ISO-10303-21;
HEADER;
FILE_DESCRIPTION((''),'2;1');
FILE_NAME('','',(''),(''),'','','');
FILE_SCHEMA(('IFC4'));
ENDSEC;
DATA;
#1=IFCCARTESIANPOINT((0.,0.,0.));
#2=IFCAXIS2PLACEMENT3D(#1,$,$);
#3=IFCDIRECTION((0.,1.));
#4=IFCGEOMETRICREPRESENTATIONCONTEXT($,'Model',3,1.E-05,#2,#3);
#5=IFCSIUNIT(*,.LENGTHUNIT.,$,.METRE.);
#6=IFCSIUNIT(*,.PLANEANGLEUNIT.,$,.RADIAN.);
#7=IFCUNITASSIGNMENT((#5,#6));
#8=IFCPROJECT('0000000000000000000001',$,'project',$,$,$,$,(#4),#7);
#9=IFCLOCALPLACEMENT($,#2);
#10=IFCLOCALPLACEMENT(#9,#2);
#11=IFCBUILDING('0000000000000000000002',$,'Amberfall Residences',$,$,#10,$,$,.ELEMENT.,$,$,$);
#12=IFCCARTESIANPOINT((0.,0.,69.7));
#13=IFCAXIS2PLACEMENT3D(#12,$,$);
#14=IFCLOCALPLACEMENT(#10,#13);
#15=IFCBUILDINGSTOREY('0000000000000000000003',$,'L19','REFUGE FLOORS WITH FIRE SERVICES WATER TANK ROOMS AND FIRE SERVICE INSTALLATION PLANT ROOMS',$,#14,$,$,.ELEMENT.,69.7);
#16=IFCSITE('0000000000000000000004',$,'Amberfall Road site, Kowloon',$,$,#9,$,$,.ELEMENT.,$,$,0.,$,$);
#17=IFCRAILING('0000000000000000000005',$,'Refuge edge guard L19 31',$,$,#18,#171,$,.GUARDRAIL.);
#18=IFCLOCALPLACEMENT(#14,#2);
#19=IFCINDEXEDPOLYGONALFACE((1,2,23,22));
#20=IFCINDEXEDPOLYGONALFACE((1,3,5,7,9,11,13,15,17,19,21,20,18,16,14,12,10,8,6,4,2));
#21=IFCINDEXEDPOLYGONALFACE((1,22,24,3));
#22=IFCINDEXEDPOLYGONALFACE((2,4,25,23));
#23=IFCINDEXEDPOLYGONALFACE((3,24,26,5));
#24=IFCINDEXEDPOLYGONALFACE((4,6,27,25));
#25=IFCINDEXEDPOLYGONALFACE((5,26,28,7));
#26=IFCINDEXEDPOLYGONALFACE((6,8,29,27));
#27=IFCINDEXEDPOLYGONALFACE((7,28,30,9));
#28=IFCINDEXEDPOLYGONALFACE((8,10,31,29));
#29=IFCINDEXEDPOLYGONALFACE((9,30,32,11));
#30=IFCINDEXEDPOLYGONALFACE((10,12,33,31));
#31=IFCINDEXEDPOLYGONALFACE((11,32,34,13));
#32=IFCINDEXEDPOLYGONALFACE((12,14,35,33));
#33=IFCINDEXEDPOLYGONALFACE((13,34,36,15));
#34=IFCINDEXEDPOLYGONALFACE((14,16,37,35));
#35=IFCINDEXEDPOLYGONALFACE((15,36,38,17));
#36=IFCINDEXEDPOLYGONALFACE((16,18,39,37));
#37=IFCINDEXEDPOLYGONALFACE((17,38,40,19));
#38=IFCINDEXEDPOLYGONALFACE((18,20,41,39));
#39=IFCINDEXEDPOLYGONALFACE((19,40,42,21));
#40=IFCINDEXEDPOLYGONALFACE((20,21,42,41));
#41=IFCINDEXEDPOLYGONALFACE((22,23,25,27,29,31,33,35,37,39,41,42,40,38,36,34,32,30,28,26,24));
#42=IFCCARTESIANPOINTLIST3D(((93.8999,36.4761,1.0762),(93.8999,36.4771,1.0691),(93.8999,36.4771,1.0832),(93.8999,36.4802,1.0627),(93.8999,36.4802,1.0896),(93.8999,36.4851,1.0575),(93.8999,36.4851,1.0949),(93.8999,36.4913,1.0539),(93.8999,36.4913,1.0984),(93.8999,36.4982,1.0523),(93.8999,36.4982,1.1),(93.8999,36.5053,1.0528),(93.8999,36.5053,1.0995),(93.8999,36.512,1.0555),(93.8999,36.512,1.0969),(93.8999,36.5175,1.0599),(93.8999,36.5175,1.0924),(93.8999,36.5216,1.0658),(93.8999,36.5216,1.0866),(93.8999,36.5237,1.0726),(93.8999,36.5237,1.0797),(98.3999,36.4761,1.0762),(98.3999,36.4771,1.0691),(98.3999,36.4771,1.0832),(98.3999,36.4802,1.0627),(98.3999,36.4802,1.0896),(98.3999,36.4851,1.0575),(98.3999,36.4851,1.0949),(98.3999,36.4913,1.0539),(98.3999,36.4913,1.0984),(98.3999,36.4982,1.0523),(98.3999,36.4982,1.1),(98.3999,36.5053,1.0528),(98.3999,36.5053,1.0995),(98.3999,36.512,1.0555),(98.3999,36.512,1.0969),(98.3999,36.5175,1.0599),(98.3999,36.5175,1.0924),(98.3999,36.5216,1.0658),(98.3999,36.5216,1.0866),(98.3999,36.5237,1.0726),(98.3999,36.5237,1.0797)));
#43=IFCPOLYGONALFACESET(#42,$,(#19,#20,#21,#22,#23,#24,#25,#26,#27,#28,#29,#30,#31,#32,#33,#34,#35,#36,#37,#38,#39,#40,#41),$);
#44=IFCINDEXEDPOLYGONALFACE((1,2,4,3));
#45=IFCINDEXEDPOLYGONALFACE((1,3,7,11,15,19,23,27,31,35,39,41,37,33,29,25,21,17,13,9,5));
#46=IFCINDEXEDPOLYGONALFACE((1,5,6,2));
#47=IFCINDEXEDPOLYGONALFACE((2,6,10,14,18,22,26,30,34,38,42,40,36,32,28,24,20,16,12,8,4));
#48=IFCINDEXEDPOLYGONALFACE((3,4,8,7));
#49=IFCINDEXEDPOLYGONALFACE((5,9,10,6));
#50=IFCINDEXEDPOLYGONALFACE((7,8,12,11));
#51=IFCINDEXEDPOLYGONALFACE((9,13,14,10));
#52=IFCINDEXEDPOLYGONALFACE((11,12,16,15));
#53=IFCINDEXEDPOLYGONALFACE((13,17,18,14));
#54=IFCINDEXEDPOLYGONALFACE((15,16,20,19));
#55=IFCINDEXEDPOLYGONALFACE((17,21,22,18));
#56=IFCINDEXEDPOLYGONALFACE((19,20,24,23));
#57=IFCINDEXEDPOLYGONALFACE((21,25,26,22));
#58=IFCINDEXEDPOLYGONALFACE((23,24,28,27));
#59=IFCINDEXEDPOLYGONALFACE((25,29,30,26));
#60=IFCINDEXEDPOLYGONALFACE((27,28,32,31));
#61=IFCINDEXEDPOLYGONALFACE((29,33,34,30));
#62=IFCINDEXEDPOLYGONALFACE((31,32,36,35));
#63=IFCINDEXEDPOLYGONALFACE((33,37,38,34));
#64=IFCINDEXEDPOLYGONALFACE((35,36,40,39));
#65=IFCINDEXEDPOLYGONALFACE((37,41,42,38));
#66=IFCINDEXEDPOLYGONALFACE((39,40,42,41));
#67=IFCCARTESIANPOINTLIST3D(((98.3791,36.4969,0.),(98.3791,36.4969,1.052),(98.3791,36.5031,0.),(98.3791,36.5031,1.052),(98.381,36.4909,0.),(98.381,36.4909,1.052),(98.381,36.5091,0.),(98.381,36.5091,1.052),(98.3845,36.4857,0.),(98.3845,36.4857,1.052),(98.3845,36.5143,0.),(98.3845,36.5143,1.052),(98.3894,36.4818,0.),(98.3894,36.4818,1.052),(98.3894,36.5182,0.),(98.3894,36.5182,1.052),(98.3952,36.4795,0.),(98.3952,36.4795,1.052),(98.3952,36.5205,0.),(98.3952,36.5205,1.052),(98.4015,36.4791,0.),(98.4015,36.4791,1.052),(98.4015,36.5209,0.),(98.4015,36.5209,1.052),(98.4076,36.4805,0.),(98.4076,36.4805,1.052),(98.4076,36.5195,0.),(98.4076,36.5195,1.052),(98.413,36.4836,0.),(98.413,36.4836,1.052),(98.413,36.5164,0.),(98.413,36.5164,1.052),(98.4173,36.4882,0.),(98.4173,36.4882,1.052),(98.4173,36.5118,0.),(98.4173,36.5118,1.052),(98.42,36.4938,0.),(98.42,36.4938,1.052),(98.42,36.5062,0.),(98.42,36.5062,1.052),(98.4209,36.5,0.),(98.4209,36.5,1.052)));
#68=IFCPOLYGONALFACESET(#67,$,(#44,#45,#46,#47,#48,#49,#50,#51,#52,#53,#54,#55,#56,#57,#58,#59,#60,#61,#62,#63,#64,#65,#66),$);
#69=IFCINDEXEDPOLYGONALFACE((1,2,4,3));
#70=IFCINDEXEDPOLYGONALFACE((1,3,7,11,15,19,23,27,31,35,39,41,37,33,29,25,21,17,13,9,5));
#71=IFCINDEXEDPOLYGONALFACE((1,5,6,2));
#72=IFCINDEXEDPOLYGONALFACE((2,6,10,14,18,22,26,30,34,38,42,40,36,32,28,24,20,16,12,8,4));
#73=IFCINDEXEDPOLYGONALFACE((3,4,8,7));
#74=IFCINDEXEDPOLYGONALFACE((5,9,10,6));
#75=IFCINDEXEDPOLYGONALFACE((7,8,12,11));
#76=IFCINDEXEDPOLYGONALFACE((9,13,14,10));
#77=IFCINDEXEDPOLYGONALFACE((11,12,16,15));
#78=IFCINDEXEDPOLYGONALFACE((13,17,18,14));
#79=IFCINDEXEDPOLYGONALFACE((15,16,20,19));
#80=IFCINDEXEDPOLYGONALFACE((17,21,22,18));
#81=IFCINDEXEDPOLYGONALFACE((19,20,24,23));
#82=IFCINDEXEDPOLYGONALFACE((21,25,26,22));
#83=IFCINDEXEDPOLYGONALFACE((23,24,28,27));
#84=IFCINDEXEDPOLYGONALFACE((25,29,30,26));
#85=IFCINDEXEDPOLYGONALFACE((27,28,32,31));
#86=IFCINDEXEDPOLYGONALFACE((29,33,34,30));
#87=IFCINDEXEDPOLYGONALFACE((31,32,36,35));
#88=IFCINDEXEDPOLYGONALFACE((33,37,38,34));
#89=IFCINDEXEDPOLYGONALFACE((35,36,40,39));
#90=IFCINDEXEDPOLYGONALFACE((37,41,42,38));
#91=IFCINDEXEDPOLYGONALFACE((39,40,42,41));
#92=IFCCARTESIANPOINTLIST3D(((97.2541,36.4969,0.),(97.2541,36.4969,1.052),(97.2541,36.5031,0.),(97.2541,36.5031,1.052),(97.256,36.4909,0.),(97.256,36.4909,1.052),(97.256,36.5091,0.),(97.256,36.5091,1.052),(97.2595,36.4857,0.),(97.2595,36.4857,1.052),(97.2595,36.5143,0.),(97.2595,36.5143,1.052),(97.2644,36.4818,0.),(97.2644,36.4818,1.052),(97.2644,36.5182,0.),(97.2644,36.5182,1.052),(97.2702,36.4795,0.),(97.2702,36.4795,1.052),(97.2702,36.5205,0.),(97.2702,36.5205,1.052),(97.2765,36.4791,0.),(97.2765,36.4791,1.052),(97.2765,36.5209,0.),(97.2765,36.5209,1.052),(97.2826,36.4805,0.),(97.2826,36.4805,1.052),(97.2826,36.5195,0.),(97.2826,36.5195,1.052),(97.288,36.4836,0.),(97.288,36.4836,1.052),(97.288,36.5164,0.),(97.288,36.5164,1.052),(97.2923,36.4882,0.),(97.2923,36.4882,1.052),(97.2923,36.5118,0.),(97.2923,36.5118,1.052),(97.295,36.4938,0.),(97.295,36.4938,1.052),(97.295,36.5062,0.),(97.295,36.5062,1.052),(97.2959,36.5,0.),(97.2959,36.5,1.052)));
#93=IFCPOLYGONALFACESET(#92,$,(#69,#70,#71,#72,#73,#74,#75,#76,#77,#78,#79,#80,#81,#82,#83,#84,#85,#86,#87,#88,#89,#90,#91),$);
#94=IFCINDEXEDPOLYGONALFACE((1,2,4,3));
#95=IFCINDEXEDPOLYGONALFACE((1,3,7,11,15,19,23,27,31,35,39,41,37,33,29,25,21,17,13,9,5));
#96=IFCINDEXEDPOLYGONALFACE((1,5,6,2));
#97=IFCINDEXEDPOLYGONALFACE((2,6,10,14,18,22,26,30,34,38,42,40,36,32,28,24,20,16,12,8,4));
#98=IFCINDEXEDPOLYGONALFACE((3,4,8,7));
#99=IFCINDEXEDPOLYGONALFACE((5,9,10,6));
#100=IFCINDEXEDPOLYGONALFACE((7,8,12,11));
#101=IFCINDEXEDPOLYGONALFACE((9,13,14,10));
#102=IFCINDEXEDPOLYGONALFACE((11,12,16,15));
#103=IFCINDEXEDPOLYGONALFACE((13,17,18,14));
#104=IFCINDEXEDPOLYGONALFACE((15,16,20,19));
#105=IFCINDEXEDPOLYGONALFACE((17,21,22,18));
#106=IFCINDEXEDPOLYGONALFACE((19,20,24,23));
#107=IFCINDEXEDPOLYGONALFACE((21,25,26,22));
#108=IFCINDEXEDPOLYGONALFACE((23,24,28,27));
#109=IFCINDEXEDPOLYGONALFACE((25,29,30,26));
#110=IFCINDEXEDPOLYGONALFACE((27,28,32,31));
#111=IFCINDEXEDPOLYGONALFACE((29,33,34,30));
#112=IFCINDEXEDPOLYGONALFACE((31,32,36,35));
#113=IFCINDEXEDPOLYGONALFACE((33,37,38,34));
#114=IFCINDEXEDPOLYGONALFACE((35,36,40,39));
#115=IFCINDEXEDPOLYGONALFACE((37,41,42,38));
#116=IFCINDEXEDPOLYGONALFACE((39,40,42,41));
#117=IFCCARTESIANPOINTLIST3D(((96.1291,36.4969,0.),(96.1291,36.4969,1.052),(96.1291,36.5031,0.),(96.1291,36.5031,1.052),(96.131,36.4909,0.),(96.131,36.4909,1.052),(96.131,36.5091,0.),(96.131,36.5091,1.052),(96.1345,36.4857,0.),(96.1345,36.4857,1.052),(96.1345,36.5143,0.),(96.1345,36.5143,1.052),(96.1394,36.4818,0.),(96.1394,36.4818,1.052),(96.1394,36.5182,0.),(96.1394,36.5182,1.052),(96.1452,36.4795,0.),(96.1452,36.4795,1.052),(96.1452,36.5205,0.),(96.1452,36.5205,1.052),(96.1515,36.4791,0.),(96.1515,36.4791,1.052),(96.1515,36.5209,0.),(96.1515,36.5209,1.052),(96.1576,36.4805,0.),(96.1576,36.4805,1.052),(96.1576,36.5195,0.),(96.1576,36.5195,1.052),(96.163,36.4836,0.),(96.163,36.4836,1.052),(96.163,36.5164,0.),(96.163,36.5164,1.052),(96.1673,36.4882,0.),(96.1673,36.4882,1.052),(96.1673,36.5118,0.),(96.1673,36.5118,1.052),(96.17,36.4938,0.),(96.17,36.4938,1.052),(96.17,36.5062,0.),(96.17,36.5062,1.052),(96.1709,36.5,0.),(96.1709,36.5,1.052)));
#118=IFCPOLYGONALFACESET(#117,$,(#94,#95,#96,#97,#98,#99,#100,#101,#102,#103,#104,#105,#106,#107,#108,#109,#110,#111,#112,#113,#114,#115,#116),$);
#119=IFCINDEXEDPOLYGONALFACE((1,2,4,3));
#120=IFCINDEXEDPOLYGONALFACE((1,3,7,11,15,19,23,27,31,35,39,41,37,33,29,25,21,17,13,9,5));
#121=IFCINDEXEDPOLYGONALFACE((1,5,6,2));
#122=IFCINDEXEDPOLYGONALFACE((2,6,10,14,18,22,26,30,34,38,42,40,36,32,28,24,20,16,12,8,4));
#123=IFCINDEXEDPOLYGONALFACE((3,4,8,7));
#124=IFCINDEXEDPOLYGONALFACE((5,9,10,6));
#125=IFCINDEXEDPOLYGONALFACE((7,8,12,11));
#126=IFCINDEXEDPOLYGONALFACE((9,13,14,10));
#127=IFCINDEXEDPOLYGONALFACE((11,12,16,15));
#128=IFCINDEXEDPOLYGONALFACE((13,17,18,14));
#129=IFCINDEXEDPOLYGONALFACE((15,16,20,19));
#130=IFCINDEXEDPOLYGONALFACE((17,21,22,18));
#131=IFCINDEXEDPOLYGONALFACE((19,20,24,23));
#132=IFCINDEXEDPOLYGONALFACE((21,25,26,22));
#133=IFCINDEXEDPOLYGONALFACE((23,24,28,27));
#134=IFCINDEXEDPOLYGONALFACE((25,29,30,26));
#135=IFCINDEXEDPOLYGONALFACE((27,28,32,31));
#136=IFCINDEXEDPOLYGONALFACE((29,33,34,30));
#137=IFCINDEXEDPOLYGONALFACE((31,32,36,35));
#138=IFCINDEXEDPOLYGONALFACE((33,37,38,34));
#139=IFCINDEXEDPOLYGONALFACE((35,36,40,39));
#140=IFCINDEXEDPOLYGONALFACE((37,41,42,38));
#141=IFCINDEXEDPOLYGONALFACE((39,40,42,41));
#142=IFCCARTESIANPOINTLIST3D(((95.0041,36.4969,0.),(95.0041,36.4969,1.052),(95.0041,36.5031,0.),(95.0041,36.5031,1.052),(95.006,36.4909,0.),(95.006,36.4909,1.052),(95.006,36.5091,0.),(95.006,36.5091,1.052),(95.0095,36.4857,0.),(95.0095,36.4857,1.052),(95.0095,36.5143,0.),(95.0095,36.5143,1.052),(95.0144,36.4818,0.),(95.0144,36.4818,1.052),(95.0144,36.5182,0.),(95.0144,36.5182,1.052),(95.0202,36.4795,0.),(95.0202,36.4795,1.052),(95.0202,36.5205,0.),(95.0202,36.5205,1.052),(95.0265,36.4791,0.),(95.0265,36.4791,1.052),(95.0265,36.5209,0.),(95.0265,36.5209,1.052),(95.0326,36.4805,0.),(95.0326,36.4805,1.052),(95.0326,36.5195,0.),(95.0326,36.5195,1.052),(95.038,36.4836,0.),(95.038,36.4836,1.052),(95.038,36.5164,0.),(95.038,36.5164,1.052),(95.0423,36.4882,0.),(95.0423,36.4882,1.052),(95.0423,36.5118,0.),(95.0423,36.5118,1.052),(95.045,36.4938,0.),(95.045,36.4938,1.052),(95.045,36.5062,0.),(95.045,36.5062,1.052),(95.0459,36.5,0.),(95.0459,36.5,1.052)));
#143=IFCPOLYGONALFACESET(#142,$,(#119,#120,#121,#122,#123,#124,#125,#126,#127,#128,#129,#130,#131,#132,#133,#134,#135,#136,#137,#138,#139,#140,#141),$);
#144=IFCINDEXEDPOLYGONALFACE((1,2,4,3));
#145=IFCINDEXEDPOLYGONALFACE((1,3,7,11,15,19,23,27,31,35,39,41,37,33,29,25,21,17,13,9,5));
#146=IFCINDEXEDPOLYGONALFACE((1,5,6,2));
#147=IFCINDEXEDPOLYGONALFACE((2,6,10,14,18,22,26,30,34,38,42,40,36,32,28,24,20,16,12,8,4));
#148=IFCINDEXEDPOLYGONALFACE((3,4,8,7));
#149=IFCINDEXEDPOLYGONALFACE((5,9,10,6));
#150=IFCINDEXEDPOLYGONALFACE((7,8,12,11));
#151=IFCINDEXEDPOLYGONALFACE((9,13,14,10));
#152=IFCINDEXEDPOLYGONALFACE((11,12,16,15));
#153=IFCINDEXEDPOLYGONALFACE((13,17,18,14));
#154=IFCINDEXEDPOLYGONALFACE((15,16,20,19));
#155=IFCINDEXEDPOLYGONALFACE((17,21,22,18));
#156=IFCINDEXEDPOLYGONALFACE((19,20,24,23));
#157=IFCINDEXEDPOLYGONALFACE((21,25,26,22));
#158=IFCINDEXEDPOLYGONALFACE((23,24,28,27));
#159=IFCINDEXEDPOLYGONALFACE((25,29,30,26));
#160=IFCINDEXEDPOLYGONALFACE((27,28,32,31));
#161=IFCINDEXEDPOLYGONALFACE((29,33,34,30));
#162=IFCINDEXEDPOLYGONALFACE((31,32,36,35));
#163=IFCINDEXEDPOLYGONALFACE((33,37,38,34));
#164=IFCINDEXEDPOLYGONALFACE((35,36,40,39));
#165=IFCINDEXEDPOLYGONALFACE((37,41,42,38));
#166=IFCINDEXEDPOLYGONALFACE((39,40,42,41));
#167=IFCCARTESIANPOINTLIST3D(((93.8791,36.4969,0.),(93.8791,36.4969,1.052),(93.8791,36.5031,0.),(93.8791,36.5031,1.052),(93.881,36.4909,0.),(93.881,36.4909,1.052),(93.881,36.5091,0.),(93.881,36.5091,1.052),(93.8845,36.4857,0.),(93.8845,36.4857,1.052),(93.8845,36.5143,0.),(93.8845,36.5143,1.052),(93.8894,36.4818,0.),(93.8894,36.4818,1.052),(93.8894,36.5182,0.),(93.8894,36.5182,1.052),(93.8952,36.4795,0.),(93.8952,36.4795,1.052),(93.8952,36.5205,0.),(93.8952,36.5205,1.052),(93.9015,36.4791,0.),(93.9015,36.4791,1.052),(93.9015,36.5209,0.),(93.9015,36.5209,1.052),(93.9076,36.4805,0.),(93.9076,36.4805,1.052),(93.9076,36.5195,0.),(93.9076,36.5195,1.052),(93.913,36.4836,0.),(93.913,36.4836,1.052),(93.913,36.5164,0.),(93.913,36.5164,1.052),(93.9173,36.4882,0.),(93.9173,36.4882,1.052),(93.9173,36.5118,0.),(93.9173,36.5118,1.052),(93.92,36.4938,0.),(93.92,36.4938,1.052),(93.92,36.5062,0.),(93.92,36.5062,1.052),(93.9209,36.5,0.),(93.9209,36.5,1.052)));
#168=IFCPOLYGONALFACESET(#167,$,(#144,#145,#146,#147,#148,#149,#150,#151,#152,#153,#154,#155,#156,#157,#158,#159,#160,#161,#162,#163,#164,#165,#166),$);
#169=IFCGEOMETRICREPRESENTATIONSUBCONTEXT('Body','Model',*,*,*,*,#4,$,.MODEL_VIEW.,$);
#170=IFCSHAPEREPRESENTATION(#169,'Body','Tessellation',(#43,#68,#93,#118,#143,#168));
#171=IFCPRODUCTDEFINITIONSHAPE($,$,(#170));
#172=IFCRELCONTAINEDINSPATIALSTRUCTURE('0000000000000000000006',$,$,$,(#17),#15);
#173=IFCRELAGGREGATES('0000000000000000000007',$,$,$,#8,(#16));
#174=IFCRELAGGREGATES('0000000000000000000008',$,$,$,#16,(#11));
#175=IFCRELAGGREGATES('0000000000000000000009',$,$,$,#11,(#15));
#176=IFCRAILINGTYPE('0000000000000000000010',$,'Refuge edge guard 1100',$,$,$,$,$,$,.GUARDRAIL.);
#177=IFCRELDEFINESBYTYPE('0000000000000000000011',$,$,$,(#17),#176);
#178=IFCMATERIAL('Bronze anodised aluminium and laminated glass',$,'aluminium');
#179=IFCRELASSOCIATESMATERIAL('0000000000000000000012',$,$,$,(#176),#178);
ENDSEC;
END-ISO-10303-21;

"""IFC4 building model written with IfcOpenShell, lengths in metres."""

from ifc_helpers import new_model, si_unit, direction, frame, origin, origin_2d, place, context, subcontext, project, spatial, circle, extrude, material, type_object, element, save


model = new_model("IFC4")

# Units and contexts
model_context = context("Model", 3, precision=1e-05, world=origin(), true_north=direction((0.0, 1.0)))
body_context = subcontext(model_context, "Body", "Model", "MODEL_VIEW")
ifc_project = project(units=[si_unit("LENGTHUNIT", "METRE"), si_unit("PLANEANGLEUNIT", "RADIAN")], contexts=[model_context])

# Site, building, storey
site_placement = place(None, origin())
site = spatial("IfcSite", under=ifc_project, at=site_placement, Name="Amberfall Road site, Kowloon", CompositionType="ELEMENT", RefElevation=0.0)
building_placement = place(site_placement, origin())
building = spatial("IfcBuilding", under=site, at=building_placement, Name="Amberfall Residences", CompositionType="ELEMENT")
storey_placement = place(building_placement, frame((0.0, 0.0, 69.7)))
storey = spatial("IfcBuildingStorey", under=building, at=storey_placement, Name="L19", Description="REFUGE FLOORS WITH FIRE SERVICES WATER TANK ROOMS AND FIRE SERVICE INSTALLATION PLANT ROOMS", CompositionType="ELEMENT", Elevation=69.7)

# Railing
ifc_material_1 = material(Name="Bronze anodised aluminium and laminated glass", Category="aluminium")
railing_type = type_object("IfcRailingType", Name="Refuge edge guard 1100", PredefinedType="GUARDRAIL", material=ifc_material_1)
railing_1_placement = place(storey_placement, frame((98.3999, 36.5, 0.0)))
element("IfcRailing", 1, at=railing_1_placement, inside=storey, type_object=railing_type, Name="Refuge edge guard L19 31", PredefinedType="GUARDRAIL", context=body_context, shape_type="SweptSolid", body=[
    extrude(circle(Radius=0.0239, at=origin_2d()), frame((0.0, 0.0, 1.0762), z_axis=(-1.0, 0.0, 0.0), x_axis=(0.0, -1.0, 0.0)), (0.0, 0.0, 1.0), 4.5),
    extrude(circle(Radius=0.021, at=origin_2d()), origin(), (0.0, 0.0, 1.0), 1.052),
    extrude(circle(Radius=0.021, at=origin_2d()), frame((-1.125, 0.0, 0.0)), (0.0, 0.0, 1.0), 1.052),
    extrude(circle(Radius=0.021, at=origin_2d()), frame((-2.25, 0.0, 0.0)), (0.0, 0.0, 1.0), 1.052),
    extrude(circle(Radius=0.021, at=origin_2d()), frame((-3.375, 0.0, 0.0)), (0.0, 0.0, 1.0), 1.052),
    extrude(circle(Radius=0.021, at=origin_2d()), frame((-4.5, 0.0, 0.0)), (0.0, 0.0, 1.0), 1.052),
])

save(model, "model.ifc")
